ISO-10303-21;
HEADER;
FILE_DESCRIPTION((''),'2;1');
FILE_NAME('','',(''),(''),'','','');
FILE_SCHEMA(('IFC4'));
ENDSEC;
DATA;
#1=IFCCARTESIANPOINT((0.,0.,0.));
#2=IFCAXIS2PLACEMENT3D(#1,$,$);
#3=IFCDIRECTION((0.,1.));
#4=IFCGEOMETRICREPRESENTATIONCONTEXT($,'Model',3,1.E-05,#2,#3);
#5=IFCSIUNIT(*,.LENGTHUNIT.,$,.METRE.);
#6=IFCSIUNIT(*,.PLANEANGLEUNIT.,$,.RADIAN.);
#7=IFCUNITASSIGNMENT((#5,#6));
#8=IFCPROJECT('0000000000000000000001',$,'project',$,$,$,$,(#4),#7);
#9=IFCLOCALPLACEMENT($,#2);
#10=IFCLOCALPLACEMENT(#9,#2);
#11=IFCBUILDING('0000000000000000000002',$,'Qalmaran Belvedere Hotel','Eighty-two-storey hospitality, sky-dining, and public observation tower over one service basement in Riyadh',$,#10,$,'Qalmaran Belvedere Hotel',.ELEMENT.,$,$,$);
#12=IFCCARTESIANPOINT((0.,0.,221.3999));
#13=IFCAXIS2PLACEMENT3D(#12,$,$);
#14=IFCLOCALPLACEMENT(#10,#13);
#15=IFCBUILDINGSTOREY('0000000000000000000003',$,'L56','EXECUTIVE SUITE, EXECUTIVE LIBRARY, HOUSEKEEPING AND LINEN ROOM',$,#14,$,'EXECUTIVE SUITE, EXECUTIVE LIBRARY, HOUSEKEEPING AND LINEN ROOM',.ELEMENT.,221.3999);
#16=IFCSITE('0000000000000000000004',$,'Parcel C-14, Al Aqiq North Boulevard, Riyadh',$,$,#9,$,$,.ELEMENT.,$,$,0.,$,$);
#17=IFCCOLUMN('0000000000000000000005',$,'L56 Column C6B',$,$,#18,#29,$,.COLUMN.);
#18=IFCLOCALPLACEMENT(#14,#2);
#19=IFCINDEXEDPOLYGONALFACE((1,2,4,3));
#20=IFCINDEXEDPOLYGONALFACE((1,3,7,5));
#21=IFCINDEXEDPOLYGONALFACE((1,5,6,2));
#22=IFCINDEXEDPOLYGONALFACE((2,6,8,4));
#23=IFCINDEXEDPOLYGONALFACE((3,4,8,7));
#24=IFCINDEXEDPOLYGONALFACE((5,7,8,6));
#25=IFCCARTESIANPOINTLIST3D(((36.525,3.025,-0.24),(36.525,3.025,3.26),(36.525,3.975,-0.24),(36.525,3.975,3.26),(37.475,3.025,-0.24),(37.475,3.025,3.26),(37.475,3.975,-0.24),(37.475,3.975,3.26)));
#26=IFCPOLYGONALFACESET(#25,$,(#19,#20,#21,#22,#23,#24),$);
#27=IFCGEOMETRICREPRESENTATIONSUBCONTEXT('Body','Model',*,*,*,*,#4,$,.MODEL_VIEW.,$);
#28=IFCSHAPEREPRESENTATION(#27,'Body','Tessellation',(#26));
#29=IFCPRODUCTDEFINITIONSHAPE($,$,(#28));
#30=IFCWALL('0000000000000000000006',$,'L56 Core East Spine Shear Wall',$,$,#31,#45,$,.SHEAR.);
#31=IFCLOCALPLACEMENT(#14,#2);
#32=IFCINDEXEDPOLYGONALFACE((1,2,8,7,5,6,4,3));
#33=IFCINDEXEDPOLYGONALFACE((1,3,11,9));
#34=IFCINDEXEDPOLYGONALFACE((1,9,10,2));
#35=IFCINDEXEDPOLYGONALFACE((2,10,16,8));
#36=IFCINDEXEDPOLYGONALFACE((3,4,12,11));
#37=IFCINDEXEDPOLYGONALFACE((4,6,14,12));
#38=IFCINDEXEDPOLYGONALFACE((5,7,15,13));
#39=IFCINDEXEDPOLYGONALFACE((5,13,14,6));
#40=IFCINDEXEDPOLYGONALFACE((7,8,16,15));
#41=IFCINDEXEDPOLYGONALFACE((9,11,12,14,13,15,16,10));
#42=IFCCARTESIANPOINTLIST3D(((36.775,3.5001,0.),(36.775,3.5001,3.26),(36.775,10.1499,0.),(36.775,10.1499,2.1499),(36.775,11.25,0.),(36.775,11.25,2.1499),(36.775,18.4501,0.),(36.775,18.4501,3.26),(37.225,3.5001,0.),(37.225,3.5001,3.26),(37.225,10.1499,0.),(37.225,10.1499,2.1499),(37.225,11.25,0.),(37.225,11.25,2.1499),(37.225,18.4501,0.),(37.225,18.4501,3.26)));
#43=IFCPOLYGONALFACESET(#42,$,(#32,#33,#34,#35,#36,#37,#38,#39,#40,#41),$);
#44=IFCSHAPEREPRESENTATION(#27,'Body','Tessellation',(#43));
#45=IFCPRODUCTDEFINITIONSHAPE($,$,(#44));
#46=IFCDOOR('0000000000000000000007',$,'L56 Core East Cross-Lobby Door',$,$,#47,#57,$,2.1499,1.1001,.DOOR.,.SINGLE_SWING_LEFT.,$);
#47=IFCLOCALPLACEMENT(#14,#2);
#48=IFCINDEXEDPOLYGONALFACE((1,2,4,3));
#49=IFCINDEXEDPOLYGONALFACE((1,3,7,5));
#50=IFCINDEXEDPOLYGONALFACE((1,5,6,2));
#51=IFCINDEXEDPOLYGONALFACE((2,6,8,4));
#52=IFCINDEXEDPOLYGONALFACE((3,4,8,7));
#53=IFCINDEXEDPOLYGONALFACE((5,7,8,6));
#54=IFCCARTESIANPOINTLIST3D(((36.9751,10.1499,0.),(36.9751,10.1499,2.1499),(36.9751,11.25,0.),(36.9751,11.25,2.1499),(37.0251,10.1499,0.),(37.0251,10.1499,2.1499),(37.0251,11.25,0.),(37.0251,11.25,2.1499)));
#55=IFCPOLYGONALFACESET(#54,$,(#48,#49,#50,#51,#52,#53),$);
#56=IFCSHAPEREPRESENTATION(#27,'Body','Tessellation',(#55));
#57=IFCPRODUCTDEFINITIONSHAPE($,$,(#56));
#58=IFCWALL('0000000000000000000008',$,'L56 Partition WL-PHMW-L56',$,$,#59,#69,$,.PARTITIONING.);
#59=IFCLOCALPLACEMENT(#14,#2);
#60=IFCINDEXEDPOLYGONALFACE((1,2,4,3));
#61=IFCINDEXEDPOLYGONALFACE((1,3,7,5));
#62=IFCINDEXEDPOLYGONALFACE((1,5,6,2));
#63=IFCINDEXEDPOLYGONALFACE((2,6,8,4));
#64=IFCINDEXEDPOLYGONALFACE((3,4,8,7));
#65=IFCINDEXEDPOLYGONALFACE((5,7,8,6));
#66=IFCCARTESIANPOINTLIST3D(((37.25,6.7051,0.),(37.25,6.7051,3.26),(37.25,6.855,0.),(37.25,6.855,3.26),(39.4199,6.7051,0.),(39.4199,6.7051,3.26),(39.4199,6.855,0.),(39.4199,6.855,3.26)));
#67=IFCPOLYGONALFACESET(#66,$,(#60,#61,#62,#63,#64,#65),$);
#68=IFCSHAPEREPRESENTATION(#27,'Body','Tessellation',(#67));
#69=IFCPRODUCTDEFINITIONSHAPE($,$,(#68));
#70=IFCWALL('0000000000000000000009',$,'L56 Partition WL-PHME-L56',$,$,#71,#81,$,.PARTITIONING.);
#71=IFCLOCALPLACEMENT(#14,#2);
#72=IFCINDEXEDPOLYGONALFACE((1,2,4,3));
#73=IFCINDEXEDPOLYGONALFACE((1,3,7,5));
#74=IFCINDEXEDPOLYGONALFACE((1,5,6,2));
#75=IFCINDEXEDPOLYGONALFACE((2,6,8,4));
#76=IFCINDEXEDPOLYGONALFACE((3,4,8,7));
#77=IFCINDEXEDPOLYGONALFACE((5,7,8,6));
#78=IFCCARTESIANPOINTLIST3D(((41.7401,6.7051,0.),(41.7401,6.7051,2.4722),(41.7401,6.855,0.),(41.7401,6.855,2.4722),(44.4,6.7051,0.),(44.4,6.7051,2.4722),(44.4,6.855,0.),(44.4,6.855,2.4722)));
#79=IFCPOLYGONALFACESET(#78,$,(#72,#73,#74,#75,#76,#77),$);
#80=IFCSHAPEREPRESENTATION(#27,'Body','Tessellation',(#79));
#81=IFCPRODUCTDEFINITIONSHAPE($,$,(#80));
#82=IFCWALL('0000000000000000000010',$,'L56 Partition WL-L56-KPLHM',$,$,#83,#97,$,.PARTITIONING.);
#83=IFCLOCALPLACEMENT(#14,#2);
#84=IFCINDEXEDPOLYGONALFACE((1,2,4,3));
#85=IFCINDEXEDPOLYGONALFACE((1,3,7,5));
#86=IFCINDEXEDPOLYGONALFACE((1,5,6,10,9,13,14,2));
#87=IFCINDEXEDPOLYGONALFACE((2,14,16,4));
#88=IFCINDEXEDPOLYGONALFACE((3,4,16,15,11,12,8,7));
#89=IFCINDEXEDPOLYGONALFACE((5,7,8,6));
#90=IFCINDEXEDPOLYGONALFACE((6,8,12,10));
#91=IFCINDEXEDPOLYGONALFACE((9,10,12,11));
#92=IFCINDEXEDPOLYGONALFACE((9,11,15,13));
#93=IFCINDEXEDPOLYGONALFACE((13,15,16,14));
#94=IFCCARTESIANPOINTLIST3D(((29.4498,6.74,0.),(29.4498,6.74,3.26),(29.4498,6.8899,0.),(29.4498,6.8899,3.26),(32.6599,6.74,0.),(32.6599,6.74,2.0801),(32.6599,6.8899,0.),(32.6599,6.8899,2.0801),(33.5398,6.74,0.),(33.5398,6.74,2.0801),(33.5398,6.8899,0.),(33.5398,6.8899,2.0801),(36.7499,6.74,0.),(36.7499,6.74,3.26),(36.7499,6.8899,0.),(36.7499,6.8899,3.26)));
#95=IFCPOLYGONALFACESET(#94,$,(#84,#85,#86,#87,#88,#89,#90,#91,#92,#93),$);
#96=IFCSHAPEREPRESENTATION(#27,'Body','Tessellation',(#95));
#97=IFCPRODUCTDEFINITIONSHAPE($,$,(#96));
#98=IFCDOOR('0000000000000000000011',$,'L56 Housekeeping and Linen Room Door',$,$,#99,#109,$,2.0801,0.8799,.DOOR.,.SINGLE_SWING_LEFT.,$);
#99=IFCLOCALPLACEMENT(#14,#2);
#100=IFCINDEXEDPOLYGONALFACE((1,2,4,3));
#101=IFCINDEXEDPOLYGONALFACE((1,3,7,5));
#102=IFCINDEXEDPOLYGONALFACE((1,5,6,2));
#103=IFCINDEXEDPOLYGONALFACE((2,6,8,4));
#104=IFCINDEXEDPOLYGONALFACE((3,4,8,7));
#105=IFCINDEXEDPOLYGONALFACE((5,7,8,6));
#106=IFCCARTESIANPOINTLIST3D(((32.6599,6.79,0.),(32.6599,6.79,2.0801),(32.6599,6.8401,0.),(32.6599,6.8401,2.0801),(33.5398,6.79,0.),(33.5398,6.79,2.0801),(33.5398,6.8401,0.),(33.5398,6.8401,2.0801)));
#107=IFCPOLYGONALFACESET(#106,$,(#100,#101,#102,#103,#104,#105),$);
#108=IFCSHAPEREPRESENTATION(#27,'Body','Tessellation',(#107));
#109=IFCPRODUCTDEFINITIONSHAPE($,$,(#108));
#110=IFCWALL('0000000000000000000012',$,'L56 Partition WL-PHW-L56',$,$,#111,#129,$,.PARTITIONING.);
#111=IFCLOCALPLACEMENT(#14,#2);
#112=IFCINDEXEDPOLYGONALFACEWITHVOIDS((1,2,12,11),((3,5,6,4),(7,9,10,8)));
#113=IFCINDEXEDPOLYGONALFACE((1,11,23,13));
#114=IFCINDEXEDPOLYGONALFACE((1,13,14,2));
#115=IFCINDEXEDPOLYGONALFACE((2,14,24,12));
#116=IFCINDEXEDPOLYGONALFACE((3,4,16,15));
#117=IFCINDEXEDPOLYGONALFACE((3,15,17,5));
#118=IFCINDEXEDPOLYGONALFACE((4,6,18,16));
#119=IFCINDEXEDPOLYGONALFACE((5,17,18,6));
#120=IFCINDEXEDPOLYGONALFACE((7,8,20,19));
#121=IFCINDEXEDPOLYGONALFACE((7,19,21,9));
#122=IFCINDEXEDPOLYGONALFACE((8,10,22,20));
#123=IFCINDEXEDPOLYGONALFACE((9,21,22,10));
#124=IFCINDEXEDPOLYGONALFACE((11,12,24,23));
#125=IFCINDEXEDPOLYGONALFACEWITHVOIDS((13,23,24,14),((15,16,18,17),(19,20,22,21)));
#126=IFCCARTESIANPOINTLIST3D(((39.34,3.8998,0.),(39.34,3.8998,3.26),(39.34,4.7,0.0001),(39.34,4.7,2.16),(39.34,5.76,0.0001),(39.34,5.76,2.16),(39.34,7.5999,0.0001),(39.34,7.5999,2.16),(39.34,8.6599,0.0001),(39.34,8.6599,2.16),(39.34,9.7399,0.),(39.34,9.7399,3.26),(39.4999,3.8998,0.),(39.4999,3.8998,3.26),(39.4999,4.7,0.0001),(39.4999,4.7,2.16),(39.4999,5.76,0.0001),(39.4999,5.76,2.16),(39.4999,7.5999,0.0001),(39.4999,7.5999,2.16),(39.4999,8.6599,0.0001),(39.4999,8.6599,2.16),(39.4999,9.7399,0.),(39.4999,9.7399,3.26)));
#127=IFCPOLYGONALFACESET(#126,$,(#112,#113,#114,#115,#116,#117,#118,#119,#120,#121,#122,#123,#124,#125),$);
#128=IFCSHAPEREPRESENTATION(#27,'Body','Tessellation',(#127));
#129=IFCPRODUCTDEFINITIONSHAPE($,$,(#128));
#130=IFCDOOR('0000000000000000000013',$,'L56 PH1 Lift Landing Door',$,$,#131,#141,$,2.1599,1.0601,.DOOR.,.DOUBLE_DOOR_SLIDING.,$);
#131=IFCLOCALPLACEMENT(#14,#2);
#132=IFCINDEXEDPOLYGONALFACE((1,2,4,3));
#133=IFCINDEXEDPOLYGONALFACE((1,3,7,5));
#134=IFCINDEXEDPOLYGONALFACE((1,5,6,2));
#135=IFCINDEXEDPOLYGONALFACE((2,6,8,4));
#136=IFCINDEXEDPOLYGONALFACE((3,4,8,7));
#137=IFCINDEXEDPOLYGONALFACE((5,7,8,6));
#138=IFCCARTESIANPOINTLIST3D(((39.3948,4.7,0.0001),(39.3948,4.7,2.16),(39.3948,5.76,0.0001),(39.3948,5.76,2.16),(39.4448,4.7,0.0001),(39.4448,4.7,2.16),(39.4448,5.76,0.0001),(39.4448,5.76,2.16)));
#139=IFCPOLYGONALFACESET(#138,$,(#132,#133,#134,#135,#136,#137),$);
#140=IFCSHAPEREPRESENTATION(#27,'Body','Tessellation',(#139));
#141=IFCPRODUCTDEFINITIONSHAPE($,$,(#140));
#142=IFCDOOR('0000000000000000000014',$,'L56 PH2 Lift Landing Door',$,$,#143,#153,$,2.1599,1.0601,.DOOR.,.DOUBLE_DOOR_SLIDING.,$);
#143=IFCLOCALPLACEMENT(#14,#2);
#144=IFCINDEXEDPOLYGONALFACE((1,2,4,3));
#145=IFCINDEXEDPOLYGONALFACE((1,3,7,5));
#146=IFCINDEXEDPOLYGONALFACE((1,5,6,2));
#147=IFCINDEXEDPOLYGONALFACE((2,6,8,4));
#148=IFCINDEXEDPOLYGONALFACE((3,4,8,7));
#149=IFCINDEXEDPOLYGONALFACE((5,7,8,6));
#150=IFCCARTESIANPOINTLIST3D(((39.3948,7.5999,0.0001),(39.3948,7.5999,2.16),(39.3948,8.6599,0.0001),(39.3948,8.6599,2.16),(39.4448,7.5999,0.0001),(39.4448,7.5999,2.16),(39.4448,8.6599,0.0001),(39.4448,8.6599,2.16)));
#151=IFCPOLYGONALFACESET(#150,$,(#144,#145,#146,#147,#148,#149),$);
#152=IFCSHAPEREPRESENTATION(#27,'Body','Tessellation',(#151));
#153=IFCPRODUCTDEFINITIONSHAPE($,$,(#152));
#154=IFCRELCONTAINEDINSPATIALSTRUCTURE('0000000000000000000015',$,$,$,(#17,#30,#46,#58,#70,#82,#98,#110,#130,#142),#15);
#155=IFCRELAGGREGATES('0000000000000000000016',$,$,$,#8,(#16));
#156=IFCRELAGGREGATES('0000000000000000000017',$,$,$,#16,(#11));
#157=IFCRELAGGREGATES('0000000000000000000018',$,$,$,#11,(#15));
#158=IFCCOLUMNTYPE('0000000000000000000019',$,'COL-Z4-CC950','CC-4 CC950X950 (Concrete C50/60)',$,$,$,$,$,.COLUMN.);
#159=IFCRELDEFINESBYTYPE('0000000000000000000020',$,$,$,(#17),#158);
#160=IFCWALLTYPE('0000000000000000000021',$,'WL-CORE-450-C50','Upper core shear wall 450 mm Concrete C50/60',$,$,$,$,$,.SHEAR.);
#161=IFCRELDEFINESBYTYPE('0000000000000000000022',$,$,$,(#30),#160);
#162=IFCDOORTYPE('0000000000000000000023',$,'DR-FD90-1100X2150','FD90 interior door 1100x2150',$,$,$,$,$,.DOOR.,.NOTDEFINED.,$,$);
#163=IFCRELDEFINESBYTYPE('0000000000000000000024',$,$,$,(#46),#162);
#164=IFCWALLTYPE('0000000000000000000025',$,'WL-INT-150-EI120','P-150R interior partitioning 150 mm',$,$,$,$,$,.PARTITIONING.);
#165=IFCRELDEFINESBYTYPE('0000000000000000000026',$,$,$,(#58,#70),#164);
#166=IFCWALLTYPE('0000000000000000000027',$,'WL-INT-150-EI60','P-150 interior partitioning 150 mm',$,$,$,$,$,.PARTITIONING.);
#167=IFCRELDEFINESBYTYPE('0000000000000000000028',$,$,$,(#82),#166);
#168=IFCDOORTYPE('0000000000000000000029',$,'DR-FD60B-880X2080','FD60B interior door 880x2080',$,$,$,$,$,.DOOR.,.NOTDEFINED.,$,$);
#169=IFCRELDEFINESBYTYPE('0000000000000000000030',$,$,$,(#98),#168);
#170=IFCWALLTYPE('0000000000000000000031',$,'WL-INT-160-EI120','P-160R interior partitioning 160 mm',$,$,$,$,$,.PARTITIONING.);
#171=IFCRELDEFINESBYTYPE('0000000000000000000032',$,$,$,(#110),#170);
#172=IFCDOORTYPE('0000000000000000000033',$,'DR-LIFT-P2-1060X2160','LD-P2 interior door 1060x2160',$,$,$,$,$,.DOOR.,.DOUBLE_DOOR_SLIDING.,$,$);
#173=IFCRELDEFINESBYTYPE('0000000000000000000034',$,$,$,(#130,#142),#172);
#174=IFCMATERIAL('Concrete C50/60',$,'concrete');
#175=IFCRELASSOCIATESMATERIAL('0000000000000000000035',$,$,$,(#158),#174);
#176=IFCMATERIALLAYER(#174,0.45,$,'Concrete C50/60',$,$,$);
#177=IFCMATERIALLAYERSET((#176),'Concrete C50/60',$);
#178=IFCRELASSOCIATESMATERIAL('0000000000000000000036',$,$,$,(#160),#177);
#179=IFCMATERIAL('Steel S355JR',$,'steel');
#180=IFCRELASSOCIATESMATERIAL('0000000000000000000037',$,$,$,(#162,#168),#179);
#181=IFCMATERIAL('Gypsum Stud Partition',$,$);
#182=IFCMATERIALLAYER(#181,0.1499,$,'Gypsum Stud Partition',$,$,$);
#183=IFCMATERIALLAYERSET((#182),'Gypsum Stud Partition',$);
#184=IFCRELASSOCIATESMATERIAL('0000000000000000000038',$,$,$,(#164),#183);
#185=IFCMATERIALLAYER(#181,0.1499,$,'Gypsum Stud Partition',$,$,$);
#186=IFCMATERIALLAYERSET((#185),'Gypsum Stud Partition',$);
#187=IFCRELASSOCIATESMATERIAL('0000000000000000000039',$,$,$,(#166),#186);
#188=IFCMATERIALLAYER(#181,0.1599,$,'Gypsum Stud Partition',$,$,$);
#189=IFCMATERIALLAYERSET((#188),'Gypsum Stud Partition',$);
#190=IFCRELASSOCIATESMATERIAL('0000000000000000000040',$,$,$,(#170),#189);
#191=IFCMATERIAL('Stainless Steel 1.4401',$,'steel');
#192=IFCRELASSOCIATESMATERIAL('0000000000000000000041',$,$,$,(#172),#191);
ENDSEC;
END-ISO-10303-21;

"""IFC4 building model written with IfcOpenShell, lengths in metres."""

from ifc_helpers import new_model, si_unit, direction, frame, frame_2d, origin, origin_2d, place, context, subcontext, project, spatial, rectangle, extrude, material, layer, layer_set, material_profile, profile_set, type_object, element, fill, save


model = new_model("IFC4")

# Units and contexts
model_context = context("Model", 3, precision=1e-05, world=origin(), true_north=direction((0.0, 1.0)))
body_context = subcontext(model_context, "Body", "Model", "MODEL_VIEW")
ifc_project = project(units=[si_unit("LENGTHUNIT", "METRE"), si_unit("PLANEANGLEUNIT", "RADIAN")], contexts=[model_context])

# Site, building, storey
site_placement = place(None, origin())
site = spatial("IfcSite", under=ifc_project, at=site_placement, Name="Parcel C-14, Al Aqiq North Boulevard, Riyadh", CompositionType="ELEMENT", RefElevation=0.0)
building_placement = place(site_placement, origin())
building = spatial("IfcBuilding", under=site, at=building_placement, Name="Qalmaran Belvedere Hotel", Description="Eighty-two-storey hospitality, sky-dining, and public observation tower over one service basement in Riyadh", LongName="Qalmaran Belvedere Hotel", CompositionType="ELEMENT")
storey_placement = place(building_placement, frame((0.0, 0.0, 221.3999)))
storey = spatial("IfcBuildingStorey", under=building, at=storey_placement, Name="L56", Description="EXECUTIVE SUITE, EXECUTIVE LIBRARY, HOUSEKEEPING AND LINEN ROOM", LongName="EXECUTIVE SUITE, EXECUTIVE LIBRARY, HOUSEKEEPING AND LINEN ROOM", CompositionType="ELEMENT", Elevation=221.3999)

# Column
ifc_material_1 = material(Name="Concrete C50/60", Category="concrete")
ifc_material_profile = material_profile(ifc_material_1, rectangle(XDim=0.95, YDim=0.95, at=origin_2d()), Name="CC950X950")
ifc_profile_set = profile_set([ifc_material_profile], Name="Concrete C50/60")
column_type = type_object("IfcColumnType", Name="COL-Z4-CC950", Description="CC-4 CC950X950 (Concrete C50/60)", PredefinedType="COLUMN", material=ifc_profile_set)
column_placement = place(storey_placement, frame((37.0, 3.5, -0.24), z_axis=(0.0, 0.0, 1.0), x_axis=(1.0, 0.0, 0.0)))
element("IfcColumn", 1, at=column_placement, inside=storey, type_object=column_type, Name="L56 Column C6B", PredefinedType="COLUMN", context=body_context, shape_type="SweptSolid", body=[
    extrude(rectangle(XDim=0.95, YDim=0.95, at=origin_2d()), origin(), (0.0, 0.0, 1.0), 3.5),
])

# Wall, opening, door
ifc_layer_1 = layer(ifc_material_1, 0.45, Name="Concrete C50/60")
ifc_layer_set_1 = layer_set([ifc_layer_1], Name="Concrete C50/60")
wall_type_1 = type_object("IfcWallType", Name="WL-CORE-450-C50", Description="Upper core shear wall 450 mm Concrete C50/60", PredefinedType="SHEAR", material=ifc_layer_set_1)
wall_1_placement = place(storey_placement, frame((37.0, 3.5, 0.0), z_axis=(0.0, 0.0, 1.0), x_axis=(0.0, 1.0, 0.0)))
wall_1 = element("IfcWall", 2, at=wall_1_placement, inside=storey, type_object=wall_type_1, Name="L56 Core East Spine Shear Wall", PredefinedType="SHEAR", context=body_context, shape_type="SweptSolid", body=[
    extrude(rectangle(XDim=14.95, YDim=0.45, at=frame_2d((7.4751, 0.0))), origin(), (0.0, 0.0, 1.0), 3.26),
])
opening_1_placement = place(wall_1_placement, frame((6.6499, 0.0, 0.0)))
opening_1 = element("IfcOpeningElement", 3, at=opening_1_placement, cuts=wall_1, PredefinedType="OPENING", context=body_context, shape_type="SweptSolid", body=[
    extrude(rectangle(XDim=1.1001, YDim=2.1499, at=frame_2d((0.55, 1.075))), frame((0.0, 0.2349, 0.0), z_axis=(0.0, -1.0, 0.0), x_axis=(1.0, 0.0, 0.0)), (0.0, 0.0, 1.0), 0.47),
])
ifc_material_2 = material(Name="Steel S355JR", Category="steel")
door_type_1 = type_object("IfcDoorType", Name="DR-FD90-1100X2150", Description="FD90 interior door 1100x2150", OperationType="NOTDEFINED", PredefinedType="DOOR", material=ifc_material_2)
door_1_placement = place(opening_1_placement, origin())
door_1 = element("IfcDoor", 4, at=door_1_placement, inside=storey, type_object=door_type_1, Name="L56 Core East Cross-Lobby Door", OperationType="SINGLE_SWING_LEFT", OverallHeight=2.1499, OverallWidth=1.1001, PredefinedType="DOOR", context=body_context, shape_type="SweptSolid", body=[
    extrude(rectangle(XDim=1.1001, YDim=2.1499, at=frame_2d((0.55, 1.075))), frame((0.0, 0.0249, 0.0), z_axis=(0.0, -1.0, 0.0), x_axis=(1.0, 0.0, 0.0)), (0.0, 0.0, 1.0), 0.05),
])
fill(opening_1, door_1)

# Walls
ifc_material_3 = material(Name="Gypsum Stud Partition")
ifc_layer_2 = layer(ifc_material_3, 0.1499, Name="Gypsum Stud Partition")
ifc_layer_set_2 = layer_set([ifc_layer_2], Name="Gypsum Stud Partition")
wall_type_2 = type_object("IfcWallType", Name="WL-INT-150-EI120", Description="P-150R interior partitioning 150 mm", PredefinedType="PARTITIONING", material=ifc_layer_set_2)
wall_2_placement = place(storey_placement, frame((37.25, 6.78, 0.0), z_axis=(0.0, 0.0, 1.0), x_axis=(1.0, 0.0, 0.0)))
element("IfcWall", 5, at=wall_2_placement, inside=storey, type_object=wall_type_2, Name="L56 Partition WL-PHMW-L56", PredefinedType="PARTITIONING", context=body_context, shape_type="SweptSolid", body=[
    extrude(rectangle(XDim=2.1699, YDim=0.1499, at=frame_2d((1.085, 0.0))), origin(), (0.0, 0.0, 1.0), 3.26),
])
wall_3_placement = place(storey_placement, frame((41.74, 6.78, 0.0), z_axis=(0.0, 0.0, 1.0), x_axis=(1.0, 0.0, 0.0)))
element("IfcWall", 6, at=wall_3_placement, inside=storey, type_object=wall_type_2, Name="L56 Partition WL-PHME-L56", PredefinedType="PARTITIONING", context=body_context, shape_type="SweptSolid", body=[
    extrude(rectangle(XDim=2.6599, YDim=0.1499, at=frame_2d((1.3301, 0.0))), origin(), (0.0, 0.0, 1.0), 2.4722),
])
ifc_layer_3 = layer(ifc_material_3, 0.1499, Name="Gypsum Stud Partition")
ifc_layer_set_3 = layer_set([ifc_layer_3], Name="Gypsum Stud Partition")
wall_type_3 = type_object("IfcWallType", Name="WL-INT-150-EI60", Description="P-150 interior partitioning 150 mm", PredefinedType="PARTITIONING", material=ifc_layer_set_3)

# Wall, opening, door
wall_4_placement = place(storey_placement, frame((29.45, 6.8149, 0.0), z_axis=(0.0, 0.0, 1.0), x_axis=(1.0, 0.0, 0.0)))
wall_4 = element("IfcWall", 7, at=wall_4_placement, inside=storey, type_object=wall_type_3, Name="L56 Partition WL-L56-KPLHM", PredefinedType="PARTITIONING", context=body_context, shape_type="SweptSolid", body=[
    extrude(rectangle(XDim=7.3, YDim=0.1499, at=frame_2d((3.6499, 0.0))), origin(), (0.0, 0.0, 1.0), 3.26),
])
opening_2_placement = place(wall_4_placement, frame((4.0898, 0.0, 0.0), z_axis=(0.0, 0.0, 1.0), x_axis=(-1.0, 0.0, 0.0)))
opening_2 = element("IfcOpeningElement", 8, at=opening_2_placement, cuts=wall_4, PredefinedType="OPENING", context=body_context, shape_type="SweptSolid", body=[
    extrude(rectangle(XDim=0.8799, YDim=2.0801, at=frame_2d((0.4399, 1.04))), frame((0.0, 0.085, 0.0), z_axis=(0.0, -1.0, 0.0), x_axis=(1.0, 0.0, 0.0)), (0.0, 0.0, 1.0), 0.1699),
])
door_type_2 = type_object("IfcDoorType", Name="DR-FD60B-880X2080", Description="FD60B interior door 880x2080", OperationType="NOTDEFINED", PredefinedType="DOOR", material=ifc_material_2)
door_2_placement = place(opening_2_placement, origin())
door_2 = element("IfcDoor", 9, at=door_2_placement, inside=storey, type_object=door_type_2, Name="L56 Housekeeping and Linen Room Door", OperationType="SINGLE_SWING_LEFT", OverallHeight=2.0801, OverallWidth=0.8799, PredefinedType="DOOR", context=body_context, shape_type="SweptSolid", body=[
    extrude(rectangle(XDim=0.8799, YDim=2.0801, at=frame_2d((0.4399, 1.04))), frame((0.0, 0.0249, 0.0), z_axis=(0.0, -1.0, 0.0), x_axis=(1.0, 0.0, 0.0)), (0.0, 0.0, 1.0), 0.05),
])
fill(opening_2, door_2)

# Wall, openings, doors
ifc_layer_4 = layer(ifc_material_3, 0.1599, Name="Gypsum Stud Partition")
ifc_layer_set_4 = layer_set([ifc_layer_4], Name="Gypsum Stud Partition")
wall_type_4 = type_object("IfcWallType", Name="WL-INT-160-EI120", Description="P-160R interior partitioning 160 mm", PredefinedType="PARTITIONING", material=ifc_layer_set_4)
wall_5_placement = place(storey_placement, frame((39.4199, 3.8999, 0.0), z_axis=(0.0, 0.0, 1.0), x_axis=(0.0, 1.0, 0.0)))
wall_5 = element("IfcWall", 10, at=wall_5_placement, inside=storey, type_object=wall_type_4, Name="L56 Partition WL-PHW-L56", PredefinedType="PARTITIONING", context=body_context, shape_type="SweptSolid", body=[
    extrude(rectangle(XDim=5.8401, YDim=0.1599, at=frame_2d((2.9199, 0.0))), origin(), (0.0, 0.0, 1.0), 3.26),
])
opening_3_placement = place(wall_5_placement, frame((1.8601, 0.0, 0.0), z_axis=(0.0, 0.0, 1.0), x_axis=(-1.0, 0.0, 0.0)))
opening_3 = element("IfcOpeningElement", 11, at=opening_3_placement, cuts=wall_5, PredefinedType="OPENING", context=body_context, shape_type="SweptSolid", body=[
    extrude(rectangle(XDim=1.0601, YDim=2.1599, at=frame_2d((0.53, 1.0801))), frame((0.0, 0.0898, 0.0), z_axis=(0.0, -1.0, 0.0), x_axis=(1.0, 0.0, 0.0)), (0.0, 0.0, 1.0), 0.1799),
])
opening_4_placement = place(wall_5_placement, frame((4.76, 0.0, 0.0), z_axis=(0.0, 0.0, 1.0), x_axis=(-1.0, 0.0, 0.0)))
opening_4 = element("IfcOpeningElement", 12, at=opening_4_placement, cuts=wall_5, PredefinedType="OPENING", context=body_context, shape_type="SweptSolid", body=[
    extrude(rectangle(XDim=1.0601, YDim=2.1599, at=frame_2d((0.53, 1.0801))), frame((0.0, 0.0898, 0.0), z_axis=(0.0, -1.0, 0.0), x_axis=(1.0, 0.0, 0.0)), (0.0, 0.0, 1.0), 0.1799),
])
ifc_material_4 = material(Name="Stainless Steel 1.4401", Category="steel")
door_type_3 = type_object("IfcDoorType", Name="DR-LIFT-P2-1060X2160", Description="LD-P2 interior door 1060x2160", OperationType="DOUBLE_DOOR_SLIDING", PredefinedType="DOOR", material=ifc_material_4)
door_3_placement = place(opening_3_placement, origin())
door_3 = element("IfcDoor", 13, at=door_3_placement, inside=storey, type_object=door_type_3, Name="L56 PH1 Lift Landing Door", OperationType="DOUBLE_DOOR_SLIDING", OverallHeight=2.1599, OverallWidth=1.0601, PredefinedType="DOOR", context=body_context, shape_type="SweptSolid", body=[
    extrude(rectangle(XDim=1.0601, YDim=2.1599, at=frame_2d((0.53, 1.0801))), frame((0.0, 0.0249, 0.0), z_axis=(0.0, -1.0, 0.0), x_axis=(1.0, 0.0, 0.0)), (0.0, 0.0, 1.0), 0.05),
])
fill(opening_3, door_3)
door_4_placement = place(opening_4_placement, origin())
door_4 = element("IfcDoor", 14, at=door_4_placement, inside=storey, type_object=door_type_3, Name="L56 PH2 Lift Landing Door", OperationType="DOUBLE_DOOR_SLIDING", OverallHeight=2.1599, OverallWidth=1.0601, PredefinedType="DOOR", context=body_context, shape_type="SweptSolid", body=[
    extrude(rectangle(XDim=1.0601, YDim=2.1599, at=frame_2d((0.53, 1.0801))), frame((0.0, 0.0249, 0.0), z_axis=(0.0, -1.0, 0.0), x_axis=(1.0, 0.0, 0.0)), (0.0, 0.0, 1.0), 0.05),
])
fill(opening_4, door_4)

save(model, "model.ifc")
